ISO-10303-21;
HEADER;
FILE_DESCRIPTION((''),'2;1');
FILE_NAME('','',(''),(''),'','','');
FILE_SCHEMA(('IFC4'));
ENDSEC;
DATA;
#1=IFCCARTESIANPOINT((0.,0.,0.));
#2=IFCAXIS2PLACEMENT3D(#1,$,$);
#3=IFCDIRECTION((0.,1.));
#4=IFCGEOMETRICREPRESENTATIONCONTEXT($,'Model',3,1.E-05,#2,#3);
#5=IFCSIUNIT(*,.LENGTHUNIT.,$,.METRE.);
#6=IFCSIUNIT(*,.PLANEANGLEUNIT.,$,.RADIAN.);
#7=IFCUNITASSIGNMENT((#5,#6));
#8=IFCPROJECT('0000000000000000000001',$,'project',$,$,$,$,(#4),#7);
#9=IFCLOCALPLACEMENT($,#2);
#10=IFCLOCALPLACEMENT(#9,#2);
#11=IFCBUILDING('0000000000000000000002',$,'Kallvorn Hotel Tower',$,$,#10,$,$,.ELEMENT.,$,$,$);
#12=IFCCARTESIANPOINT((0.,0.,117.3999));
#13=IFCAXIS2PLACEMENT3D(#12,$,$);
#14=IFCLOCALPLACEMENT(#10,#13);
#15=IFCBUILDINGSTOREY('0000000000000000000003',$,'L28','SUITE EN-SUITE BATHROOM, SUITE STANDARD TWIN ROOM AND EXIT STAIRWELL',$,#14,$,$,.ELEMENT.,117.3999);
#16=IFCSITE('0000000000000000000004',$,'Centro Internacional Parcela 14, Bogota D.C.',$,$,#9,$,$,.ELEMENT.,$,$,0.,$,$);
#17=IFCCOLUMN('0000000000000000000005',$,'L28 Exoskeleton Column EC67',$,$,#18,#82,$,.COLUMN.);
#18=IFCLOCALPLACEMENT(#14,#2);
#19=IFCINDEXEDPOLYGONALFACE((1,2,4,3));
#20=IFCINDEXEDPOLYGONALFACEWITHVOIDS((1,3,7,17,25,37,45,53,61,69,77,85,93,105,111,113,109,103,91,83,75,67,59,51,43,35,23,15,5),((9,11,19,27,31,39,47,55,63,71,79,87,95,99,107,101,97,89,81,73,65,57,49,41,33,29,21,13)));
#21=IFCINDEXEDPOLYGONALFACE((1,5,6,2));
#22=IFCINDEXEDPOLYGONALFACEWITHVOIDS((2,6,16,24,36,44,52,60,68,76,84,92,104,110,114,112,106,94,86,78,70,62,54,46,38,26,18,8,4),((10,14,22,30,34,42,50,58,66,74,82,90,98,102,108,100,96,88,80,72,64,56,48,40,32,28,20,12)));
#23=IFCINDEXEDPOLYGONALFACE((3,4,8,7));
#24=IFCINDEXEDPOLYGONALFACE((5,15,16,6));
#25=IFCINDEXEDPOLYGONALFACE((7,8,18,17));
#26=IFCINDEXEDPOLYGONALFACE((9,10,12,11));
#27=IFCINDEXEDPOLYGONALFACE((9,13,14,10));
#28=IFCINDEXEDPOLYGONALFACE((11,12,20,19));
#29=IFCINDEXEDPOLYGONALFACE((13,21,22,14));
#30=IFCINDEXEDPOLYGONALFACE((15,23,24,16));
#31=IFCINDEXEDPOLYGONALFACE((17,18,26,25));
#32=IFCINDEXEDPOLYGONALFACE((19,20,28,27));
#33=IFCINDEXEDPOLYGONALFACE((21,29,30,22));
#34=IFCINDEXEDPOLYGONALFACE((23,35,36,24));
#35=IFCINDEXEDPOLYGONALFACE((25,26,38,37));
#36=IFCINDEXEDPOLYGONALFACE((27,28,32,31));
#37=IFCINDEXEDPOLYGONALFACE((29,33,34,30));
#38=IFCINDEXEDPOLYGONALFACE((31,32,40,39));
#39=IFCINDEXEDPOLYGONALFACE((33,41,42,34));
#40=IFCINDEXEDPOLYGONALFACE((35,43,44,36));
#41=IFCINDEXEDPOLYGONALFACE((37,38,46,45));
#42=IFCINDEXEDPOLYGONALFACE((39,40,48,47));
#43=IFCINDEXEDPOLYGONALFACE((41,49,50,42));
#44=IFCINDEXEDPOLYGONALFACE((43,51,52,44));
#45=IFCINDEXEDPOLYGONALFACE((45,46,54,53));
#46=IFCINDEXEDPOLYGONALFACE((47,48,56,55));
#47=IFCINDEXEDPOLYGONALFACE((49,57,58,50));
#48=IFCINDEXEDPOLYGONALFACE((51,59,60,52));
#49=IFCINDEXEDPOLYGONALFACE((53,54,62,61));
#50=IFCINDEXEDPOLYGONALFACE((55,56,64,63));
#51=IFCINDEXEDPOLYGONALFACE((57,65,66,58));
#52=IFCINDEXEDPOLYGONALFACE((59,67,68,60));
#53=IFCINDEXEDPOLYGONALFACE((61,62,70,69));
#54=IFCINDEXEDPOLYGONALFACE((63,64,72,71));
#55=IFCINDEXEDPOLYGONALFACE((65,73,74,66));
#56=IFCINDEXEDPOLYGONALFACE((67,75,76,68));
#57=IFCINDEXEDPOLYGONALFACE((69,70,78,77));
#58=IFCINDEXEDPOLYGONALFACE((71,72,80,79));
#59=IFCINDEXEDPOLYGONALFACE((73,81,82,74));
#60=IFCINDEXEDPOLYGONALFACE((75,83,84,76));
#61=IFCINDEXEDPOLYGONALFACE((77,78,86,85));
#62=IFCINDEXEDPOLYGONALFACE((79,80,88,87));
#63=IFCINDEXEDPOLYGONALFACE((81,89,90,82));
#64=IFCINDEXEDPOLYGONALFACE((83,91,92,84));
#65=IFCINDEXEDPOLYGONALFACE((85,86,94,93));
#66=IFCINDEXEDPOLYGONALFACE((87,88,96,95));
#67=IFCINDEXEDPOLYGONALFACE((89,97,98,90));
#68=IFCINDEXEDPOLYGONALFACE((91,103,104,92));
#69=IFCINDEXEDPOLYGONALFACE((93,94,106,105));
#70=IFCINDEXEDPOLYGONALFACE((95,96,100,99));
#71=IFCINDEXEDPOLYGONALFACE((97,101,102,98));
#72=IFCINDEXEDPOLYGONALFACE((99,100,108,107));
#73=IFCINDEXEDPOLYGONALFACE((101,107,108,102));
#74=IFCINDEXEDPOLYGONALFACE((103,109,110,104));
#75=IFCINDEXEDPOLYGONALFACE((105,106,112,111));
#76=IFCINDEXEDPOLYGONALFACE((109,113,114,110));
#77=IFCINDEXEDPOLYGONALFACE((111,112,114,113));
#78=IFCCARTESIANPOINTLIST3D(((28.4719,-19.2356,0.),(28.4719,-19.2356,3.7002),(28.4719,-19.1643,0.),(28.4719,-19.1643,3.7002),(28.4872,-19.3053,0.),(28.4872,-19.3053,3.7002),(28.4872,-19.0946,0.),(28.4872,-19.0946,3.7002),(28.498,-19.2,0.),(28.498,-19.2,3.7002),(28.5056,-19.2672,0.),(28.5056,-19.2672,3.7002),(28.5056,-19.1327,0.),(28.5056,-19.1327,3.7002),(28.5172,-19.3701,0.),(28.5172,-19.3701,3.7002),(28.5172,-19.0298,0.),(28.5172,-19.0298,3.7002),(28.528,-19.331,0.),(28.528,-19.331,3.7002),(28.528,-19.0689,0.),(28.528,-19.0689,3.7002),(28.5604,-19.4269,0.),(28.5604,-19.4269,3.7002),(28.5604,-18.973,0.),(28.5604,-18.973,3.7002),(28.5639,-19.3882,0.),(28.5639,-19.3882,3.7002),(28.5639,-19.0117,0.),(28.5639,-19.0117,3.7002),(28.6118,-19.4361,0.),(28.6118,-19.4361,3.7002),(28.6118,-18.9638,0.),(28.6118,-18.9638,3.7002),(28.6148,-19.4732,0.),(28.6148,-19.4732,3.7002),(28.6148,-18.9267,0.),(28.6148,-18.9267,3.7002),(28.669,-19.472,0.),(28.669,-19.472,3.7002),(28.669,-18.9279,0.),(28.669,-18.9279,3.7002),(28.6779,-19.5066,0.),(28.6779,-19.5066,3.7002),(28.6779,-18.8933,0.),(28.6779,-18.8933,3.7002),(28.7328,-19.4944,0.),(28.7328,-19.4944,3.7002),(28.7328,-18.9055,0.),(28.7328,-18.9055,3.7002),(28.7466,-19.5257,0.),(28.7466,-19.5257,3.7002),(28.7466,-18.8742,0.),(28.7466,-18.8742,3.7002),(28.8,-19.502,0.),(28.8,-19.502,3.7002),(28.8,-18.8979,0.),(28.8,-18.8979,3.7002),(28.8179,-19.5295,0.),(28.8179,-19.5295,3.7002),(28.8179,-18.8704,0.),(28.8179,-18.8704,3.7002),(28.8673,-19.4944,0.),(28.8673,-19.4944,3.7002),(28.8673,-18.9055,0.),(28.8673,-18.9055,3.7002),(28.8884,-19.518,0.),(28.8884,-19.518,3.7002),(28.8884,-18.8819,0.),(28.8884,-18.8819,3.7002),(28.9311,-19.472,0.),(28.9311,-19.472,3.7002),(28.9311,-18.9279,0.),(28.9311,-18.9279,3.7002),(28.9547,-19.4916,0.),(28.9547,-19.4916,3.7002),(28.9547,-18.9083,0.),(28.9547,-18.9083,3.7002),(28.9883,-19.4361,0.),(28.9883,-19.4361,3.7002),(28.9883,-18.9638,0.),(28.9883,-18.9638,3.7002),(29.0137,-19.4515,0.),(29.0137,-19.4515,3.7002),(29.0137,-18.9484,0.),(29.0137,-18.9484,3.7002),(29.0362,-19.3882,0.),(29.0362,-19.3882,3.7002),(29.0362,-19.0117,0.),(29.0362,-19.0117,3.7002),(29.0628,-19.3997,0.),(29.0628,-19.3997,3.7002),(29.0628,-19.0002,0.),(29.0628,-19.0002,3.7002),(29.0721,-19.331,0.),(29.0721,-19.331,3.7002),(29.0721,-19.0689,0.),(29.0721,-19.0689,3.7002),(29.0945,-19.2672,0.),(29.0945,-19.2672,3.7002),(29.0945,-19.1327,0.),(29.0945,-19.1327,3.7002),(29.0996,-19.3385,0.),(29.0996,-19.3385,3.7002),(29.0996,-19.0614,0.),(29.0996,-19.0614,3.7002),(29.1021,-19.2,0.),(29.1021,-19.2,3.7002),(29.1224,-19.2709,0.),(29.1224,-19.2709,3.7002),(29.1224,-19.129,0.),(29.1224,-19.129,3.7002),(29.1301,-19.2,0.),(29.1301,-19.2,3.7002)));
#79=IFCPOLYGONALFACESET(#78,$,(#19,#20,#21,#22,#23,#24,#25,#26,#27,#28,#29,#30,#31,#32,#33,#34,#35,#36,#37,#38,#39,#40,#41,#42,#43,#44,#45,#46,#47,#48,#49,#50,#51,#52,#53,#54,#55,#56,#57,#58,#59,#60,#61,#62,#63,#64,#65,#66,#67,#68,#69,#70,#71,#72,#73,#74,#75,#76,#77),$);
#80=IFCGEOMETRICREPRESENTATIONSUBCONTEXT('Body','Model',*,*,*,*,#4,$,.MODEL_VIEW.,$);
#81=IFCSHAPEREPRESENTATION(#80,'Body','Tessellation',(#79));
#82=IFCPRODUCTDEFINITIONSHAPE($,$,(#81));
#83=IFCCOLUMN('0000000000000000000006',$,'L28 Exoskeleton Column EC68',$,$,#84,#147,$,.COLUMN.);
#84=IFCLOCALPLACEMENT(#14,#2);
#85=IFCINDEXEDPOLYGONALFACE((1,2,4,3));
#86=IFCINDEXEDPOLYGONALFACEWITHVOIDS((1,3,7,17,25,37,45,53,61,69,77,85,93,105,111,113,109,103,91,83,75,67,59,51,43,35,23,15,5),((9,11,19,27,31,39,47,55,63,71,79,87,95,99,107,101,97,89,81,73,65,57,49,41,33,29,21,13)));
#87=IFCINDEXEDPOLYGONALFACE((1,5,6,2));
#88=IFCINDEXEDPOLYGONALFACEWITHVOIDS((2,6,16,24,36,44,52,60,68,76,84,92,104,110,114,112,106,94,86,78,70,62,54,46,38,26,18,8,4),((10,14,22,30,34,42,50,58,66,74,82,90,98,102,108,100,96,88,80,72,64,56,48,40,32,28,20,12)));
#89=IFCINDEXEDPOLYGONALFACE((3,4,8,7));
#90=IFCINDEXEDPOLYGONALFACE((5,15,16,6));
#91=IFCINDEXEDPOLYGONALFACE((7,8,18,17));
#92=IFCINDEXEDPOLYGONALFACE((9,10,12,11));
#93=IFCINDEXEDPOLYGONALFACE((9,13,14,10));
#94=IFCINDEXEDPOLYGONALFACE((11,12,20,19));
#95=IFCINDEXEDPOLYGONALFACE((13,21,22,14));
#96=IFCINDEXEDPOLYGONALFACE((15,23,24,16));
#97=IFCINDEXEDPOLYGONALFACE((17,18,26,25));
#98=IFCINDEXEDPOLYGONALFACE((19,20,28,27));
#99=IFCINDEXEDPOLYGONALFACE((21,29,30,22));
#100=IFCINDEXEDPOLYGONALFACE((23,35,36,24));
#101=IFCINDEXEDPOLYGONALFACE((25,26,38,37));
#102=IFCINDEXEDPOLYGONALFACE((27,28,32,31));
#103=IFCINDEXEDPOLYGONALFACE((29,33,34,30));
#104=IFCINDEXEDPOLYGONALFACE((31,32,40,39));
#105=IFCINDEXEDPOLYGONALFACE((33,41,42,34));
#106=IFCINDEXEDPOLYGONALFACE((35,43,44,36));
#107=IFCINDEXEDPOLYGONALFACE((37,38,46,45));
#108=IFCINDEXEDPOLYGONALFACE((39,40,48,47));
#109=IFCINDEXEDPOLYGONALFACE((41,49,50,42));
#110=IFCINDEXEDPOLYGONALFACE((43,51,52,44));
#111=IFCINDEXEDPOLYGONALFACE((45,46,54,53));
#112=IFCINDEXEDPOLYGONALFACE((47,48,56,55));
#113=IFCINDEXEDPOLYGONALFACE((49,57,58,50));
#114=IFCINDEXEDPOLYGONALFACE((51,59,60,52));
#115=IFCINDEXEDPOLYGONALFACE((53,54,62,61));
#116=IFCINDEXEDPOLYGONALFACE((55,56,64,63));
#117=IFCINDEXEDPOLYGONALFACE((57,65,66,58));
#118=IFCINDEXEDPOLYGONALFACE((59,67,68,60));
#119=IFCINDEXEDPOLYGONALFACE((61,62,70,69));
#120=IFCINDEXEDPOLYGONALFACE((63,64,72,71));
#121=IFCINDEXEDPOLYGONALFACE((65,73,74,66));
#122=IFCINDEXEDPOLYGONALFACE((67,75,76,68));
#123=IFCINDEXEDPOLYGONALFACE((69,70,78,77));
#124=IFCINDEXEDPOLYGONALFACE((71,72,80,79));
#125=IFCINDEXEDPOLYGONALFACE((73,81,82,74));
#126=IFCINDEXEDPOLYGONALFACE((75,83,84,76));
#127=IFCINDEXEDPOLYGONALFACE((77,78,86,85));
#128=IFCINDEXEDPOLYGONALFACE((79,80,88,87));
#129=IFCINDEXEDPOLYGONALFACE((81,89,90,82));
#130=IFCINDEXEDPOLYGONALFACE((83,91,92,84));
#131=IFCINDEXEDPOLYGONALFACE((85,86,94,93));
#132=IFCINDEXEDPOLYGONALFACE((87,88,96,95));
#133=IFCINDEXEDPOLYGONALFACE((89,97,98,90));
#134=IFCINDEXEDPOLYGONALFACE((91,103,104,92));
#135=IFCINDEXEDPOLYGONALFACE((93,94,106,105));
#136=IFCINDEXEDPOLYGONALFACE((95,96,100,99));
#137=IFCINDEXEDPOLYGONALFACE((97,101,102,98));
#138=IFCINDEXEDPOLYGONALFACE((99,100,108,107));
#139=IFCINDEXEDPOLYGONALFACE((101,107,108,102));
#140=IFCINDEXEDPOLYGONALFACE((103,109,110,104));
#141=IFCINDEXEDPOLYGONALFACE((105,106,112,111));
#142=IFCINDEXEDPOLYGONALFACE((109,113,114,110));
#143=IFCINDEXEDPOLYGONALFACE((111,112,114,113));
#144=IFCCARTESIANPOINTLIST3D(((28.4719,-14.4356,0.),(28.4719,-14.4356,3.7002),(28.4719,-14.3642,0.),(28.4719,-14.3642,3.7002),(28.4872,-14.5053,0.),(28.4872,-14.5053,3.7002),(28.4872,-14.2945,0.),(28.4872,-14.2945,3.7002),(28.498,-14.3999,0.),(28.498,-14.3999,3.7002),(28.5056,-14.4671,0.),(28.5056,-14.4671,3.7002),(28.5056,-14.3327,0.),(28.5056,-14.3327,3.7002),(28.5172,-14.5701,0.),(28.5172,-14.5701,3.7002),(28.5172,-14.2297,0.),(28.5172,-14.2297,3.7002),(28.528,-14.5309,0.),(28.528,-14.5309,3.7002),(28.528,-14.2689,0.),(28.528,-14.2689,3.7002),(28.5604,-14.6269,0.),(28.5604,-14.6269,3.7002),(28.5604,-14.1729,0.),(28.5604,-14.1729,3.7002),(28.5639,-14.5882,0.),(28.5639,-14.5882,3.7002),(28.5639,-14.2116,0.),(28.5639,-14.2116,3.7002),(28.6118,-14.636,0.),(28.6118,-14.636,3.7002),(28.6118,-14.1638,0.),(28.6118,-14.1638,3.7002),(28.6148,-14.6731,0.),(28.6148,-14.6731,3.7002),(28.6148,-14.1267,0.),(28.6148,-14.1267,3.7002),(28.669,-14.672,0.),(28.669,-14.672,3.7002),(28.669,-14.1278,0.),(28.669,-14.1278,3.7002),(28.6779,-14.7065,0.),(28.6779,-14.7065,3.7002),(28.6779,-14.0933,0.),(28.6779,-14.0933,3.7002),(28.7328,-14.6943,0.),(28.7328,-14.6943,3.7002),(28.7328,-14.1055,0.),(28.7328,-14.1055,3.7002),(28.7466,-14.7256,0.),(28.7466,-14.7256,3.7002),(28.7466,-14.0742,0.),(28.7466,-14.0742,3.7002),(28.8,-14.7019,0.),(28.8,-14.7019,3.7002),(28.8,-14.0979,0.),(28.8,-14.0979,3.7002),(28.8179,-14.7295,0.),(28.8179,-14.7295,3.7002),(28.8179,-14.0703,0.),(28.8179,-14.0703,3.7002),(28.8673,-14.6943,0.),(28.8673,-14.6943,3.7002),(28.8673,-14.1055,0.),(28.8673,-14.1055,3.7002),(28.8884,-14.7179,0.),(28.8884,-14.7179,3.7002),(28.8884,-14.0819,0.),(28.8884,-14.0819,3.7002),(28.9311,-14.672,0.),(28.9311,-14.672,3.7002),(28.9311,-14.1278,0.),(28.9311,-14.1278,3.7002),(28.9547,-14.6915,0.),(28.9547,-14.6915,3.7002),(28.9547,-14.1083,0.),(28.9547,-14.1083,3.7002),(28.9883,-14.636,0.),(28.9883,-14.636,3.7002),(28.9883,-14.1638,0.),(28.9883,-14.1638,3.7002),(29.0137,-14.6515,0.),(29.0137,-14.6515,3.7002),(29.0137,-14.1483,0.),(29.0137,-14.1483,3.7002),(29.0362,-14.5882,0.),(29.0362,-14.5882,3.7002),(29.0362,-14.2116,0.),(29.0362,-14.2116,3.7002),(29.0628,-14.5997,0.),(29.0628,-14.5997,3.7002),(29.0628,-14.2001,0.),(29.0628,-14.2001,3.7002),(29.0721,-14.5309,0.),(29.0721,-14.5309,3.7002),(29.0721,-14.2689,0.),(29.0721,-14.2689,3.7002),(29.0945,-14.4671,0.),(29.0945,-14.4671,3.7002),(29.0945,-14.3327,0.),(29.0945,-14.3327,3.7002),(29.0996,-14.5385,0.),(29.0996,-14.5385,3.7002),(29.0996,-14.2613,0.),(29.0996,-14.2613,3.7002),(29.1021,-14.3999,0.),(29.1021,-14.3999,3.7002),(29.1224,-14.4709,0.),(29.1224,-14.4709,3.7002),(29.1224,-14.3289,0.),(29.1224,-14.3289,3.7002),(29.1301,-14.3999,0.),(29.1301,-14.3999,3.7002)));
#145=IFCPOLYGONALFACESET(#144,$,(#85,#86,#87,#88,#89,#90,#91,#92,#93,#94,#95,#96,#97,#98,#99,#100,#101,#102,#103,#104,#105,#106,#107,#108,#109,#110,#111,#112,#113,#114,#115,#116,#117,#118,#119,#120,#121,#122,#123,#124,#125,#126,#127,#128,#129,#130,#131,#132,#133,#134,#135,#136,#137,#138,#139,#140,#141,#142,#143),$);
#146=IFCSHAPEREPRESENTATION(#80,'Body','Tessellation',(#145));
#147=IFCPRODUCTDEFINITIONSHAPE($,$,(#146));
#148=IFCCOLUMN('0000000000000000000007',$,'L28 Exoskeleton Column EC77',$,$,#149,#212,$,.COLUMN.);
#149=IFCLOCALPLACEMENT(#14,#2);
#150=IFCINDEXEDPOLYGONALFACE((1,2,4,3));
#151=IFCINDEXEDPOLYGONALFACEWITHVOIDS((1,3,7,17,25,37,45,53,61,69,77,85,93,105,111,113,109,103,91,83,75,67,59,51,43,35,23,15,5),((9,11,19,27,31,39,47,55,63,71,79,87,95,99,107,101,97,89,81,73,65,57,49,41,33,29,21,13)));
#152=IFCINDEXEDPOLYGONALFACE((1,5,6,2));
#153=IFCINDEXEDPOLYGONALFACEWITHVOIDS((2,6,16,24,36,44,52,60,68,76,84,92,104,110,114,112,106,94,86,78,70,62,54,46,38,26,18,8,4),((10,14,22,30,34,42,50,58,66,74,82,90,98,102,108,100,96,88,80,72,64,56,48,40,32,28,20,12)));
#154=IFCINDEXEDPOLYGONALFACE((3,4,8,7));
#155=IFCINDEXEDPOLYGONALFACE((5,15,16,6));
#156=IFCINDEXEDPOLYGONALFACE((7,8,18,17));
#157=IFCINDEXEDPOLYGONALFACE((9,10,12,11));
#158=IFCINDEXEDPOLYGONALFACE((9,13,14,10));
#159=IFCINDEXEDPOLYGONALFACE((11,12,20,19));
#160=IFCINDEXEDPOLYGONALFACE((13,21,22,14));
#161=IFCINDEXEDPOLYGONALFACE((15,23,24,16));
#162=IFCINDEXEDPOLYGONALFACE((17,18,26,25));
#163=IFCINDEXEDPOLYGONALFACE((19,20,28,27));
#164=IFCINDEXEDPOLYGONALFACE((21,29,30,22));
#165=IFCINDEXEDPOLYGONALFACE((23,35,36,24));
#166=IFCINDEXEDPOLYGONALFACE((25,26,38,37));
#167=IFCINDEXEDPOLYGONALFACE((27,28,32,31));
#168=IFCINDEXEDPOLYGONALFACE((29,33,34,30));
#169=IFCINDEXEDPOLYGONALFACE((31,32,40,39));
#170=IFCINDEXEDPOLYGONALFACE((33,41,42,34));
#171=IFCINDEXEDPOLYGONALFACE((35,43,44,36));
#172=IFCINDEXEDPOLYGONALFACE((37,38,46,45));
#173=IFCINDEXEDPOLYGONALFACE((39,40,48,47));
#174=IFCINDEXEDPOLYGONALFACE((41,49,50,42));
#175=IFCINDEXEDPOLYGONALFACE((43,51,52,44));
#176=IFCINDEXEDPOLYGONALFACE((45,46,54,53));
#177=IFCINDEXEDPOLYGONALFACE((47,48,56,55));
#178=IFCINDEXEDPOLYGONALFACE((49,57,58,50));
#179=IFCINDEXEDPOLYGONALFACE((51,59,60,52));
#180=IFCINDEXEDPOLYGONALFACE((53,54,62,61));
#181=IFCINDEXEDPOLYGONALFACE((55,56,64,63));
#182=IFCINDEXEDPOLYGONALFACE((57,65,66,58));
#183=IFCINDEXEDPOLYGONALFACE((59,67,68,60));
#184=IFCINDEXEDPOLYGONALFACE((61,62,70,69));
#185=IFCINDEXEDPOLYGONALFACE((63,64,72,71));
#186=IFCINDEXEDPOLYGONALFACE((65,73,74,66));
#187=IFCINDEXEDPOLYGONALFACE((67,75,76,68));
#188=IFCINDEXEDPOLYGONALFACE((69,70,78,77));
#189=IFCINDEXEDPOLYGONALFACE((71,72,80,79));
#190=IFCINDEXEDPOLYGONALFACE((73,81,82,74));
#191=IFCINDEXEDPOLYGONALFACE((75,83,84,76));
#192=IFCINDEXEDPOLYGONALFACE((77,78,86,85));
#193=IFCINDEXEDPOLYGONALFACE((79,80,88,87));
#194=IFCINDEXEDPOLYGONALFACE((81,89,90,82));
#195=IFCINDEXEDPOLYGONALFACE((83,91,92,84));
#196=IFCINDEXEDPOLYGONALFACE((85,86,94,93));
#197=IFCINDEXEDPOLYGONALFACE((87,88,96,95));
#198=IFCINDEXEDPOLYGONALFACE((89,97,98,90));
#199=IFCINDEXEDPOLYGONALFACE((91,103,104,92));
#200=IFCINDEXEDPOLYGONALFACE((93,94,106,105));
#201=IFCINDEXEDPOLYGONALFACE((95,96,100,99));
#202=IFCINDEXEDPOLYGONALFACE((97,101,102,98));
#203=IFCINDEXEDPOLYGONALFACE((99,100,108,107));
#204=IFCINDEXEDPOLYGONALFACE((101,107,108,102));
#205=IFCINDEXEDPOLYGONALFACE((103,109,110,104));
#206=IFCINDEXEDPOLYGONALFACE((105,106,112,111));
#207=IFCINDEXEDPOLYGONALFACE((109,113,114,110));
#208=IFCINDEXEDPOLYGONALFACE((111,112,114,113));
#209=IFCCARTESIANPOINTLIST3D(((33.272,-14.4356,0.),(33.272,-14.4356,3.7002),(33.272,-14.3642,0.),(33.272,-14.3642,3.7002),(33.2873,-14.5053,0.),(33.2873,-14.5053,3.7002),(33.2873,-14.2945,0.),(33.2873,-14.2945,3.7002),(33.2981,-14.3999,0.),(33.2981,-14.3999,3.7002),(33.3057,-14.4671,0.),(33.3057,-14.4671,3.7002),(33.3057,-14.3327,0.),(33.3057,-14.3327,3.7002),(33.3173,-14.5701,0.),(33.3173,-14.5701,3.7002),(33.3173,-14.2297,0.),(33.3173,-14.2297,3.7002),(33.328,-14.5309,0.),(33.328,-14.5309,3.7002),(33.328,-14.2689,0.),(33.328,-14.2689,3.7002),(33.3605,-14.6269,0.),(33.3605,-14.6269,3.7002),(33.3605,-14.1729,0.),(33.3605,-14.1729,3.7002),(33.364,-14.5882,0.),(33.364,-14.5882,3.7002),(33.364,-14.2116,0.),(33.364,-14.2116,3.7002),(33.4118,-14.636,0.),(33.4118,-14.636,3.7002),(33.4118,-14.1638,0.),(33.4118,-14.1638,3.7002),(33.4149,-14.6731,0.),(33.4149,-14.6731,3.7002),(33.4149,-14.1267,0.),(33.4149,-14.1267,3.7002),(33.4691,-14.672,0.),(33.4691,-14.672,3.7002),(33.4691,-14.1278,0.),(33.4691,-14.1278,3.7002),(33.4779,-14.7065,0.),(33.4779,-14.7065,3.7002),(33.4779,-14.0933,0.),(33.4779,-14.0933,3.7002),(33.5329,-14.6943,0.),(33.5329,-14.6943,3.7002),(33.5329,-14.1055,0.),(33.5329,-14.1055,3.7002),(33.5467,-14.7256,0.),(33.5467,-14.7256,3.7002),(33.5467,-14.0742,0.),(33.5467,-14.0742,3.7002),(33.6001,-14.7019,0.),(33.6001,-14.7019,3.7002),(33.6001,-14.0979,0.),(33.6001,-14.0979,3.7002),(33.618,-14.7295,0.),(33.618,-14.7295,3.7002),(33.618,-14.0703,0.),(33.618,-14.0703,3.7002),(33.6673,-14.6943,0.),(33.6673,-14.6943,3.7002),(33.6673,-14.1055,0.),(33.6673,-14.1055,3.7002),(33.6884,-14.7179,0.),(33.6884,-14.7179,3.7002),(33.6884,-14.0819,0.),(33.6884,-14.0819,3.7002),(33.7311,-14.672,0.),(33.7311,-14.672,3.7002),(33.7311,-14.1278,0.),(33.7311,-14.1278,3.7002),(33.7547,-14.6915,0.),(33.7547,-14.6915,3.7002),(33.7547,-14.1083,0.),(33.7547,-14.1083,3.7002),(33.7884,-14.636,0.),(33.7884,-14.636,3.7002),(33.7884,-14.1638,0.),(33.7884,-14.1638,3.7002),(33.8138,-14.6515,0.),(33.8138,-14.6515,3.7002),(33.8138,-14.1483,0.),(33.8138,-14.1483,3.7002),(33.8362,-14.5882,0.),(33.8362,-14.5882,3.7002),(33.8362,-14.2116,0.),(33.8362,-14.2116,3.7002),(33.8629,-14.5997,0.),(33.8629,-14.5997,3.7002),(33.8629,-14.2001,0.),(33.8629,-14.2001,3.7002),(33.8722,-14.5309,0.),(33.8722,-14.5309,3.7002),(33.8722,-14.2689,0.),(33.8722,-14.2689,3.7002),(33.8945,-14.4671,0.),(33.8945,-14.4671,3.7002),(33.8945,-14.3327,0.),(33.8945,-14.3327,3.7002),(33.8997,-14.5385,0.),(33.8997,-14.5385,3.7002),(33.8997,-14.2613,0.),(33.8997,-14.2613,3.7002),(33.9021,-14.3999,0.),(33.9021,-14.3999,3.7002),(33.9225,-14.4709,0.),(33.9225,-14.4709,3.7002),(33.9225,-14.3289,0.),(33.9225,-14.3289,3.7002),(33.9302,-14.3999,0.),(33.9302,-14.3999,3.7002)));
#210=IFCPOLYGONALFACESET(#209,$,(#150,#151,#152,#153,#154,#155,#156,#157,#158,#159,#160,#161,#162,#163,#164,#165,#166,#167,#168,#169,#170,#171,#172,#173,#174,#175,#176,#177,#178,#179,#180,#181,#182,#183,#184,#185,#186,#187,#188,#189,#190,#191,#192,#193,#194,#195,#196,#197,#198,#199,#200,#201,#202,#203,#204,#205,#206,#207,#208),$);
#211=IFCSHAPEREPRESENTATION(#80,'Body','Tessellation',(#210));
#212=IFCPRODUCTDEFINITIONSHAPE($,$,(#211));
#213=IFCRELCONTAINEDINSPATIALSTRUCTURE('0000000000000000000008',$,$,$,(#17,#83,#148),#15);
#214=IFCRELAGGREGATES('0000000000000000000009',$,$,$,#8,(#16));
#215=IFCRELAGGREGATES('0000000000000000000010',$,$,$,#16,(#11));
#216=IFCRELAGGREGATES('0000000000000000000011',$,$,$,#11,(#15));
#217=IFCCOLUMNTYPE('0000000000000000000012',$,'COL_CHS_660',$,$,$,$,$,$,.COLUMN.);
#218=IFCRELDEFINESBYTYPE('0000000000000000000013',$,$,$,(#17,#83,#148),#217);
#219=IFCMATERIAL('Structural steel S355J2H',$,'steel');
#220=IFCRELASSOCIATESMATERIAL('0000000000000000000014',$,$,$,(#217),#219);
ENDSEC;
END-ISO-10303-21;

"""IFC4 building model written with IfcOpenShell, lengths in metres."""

from ifc_helpers import new_model, si_unit, direction, frame, origin, origin_2d, place, context, subcontext, project, spatial, hollow_circle, extrude, material, material_profile, profile_set, type_object, element, save


model = new_model("IFC4")

# Units and contexts
model_context = context("Model", 3, precision=1e-05, world=origin(), true_north=direction((0.0, 1.0)))
body_context = subcontext(model_context, "Body", "Model", "MODEL_VIEW")
ifc_project = project(units=[si_unit("LENGTHUNIT", "METRE"), si_unit("PLANEANGLEUNIT", "RADIAN")], contexts=[model_context])

# Site, building, storey
site_placement = place(None, origin())
site = spatial("IfcSite", under=ifc_project, at=site_placement, Name="Centro Internacional Parcela 14, Bogota D.C.", CompositionType="ELEMENT", RefElevation=0.0)
building_placement = place(site_placement, origin())
building = spatial("IfcBuilding", under=site, at=building_placement, Name="Kallvorn Hotel Tower", CompositionType="ELEMENT")
storey_placement = place(building_placement, frame((0.0, 0.0, 117.3999)))
storey = spatial("IfcBuildingStorey", under=building, at=storey_placement, Name="L28", Description="SUITE EN-SUITE BATHROOM, SUITE STANDARD TWIN ROOM AND EXIT STAIRWELL", CompositionType="ELEMENT", Elevation=117.3999)

# Columns
ifc_material_1 = material(Name="Structural steel S355J2H", Category="steel")
ifc_material_profile_1 = material_profile(ifc_material_1, hollow_circle(Radius=0.3301, WallThickness=0.0281, at=origin_2d()), Name="CHS 660x28")
ifc_profile_set_1 = profile_set([ifc_material_profile_1], Name="Structural steel S355J2H")
column_type_1 = type_object("IfcColumnType", Name="COL_CHS_660", PredefinedType="COLUMN", material=ifc_profile_set_1)
for number, where, z_axis, x_axis, name in (
    (1, (28.8, -19.2, 0.0), (0.0, 0.0, 1.0), (1.0, 0.0, 0.0), "L28 Exoskeleton Column EC67"),
    (2, (28.8, -14.3999, 0.0), (0.0, 0.0, 1.0), (1.0, 0.0, 0.0), "L28 Exoskeleton Column EC68"),
    (3, (33.6001, -14.3999, 0.0), (0.0, 0.0, 1.0), (1.0, 0.0, 0.0), "L28 Exoskeleton Column EC77"),
):
    element("IfcColumn", number, at=place(storey_placement, frame(where, z_axis=z_axis, x_axis=x_axis)), inside=storey, type_object=column_type_1, Name=name, PredefinedType="COLUMN", context=body_context, shape_type="SweptSolid", body=[
        extrude(hollow_circle(Radius=0.3301, WallThickness=0.0281, at=origin_2d()), origin(), (0.0, 0.0, 1.0), 3.7002),
    ])

save(model, "model.ifc")
